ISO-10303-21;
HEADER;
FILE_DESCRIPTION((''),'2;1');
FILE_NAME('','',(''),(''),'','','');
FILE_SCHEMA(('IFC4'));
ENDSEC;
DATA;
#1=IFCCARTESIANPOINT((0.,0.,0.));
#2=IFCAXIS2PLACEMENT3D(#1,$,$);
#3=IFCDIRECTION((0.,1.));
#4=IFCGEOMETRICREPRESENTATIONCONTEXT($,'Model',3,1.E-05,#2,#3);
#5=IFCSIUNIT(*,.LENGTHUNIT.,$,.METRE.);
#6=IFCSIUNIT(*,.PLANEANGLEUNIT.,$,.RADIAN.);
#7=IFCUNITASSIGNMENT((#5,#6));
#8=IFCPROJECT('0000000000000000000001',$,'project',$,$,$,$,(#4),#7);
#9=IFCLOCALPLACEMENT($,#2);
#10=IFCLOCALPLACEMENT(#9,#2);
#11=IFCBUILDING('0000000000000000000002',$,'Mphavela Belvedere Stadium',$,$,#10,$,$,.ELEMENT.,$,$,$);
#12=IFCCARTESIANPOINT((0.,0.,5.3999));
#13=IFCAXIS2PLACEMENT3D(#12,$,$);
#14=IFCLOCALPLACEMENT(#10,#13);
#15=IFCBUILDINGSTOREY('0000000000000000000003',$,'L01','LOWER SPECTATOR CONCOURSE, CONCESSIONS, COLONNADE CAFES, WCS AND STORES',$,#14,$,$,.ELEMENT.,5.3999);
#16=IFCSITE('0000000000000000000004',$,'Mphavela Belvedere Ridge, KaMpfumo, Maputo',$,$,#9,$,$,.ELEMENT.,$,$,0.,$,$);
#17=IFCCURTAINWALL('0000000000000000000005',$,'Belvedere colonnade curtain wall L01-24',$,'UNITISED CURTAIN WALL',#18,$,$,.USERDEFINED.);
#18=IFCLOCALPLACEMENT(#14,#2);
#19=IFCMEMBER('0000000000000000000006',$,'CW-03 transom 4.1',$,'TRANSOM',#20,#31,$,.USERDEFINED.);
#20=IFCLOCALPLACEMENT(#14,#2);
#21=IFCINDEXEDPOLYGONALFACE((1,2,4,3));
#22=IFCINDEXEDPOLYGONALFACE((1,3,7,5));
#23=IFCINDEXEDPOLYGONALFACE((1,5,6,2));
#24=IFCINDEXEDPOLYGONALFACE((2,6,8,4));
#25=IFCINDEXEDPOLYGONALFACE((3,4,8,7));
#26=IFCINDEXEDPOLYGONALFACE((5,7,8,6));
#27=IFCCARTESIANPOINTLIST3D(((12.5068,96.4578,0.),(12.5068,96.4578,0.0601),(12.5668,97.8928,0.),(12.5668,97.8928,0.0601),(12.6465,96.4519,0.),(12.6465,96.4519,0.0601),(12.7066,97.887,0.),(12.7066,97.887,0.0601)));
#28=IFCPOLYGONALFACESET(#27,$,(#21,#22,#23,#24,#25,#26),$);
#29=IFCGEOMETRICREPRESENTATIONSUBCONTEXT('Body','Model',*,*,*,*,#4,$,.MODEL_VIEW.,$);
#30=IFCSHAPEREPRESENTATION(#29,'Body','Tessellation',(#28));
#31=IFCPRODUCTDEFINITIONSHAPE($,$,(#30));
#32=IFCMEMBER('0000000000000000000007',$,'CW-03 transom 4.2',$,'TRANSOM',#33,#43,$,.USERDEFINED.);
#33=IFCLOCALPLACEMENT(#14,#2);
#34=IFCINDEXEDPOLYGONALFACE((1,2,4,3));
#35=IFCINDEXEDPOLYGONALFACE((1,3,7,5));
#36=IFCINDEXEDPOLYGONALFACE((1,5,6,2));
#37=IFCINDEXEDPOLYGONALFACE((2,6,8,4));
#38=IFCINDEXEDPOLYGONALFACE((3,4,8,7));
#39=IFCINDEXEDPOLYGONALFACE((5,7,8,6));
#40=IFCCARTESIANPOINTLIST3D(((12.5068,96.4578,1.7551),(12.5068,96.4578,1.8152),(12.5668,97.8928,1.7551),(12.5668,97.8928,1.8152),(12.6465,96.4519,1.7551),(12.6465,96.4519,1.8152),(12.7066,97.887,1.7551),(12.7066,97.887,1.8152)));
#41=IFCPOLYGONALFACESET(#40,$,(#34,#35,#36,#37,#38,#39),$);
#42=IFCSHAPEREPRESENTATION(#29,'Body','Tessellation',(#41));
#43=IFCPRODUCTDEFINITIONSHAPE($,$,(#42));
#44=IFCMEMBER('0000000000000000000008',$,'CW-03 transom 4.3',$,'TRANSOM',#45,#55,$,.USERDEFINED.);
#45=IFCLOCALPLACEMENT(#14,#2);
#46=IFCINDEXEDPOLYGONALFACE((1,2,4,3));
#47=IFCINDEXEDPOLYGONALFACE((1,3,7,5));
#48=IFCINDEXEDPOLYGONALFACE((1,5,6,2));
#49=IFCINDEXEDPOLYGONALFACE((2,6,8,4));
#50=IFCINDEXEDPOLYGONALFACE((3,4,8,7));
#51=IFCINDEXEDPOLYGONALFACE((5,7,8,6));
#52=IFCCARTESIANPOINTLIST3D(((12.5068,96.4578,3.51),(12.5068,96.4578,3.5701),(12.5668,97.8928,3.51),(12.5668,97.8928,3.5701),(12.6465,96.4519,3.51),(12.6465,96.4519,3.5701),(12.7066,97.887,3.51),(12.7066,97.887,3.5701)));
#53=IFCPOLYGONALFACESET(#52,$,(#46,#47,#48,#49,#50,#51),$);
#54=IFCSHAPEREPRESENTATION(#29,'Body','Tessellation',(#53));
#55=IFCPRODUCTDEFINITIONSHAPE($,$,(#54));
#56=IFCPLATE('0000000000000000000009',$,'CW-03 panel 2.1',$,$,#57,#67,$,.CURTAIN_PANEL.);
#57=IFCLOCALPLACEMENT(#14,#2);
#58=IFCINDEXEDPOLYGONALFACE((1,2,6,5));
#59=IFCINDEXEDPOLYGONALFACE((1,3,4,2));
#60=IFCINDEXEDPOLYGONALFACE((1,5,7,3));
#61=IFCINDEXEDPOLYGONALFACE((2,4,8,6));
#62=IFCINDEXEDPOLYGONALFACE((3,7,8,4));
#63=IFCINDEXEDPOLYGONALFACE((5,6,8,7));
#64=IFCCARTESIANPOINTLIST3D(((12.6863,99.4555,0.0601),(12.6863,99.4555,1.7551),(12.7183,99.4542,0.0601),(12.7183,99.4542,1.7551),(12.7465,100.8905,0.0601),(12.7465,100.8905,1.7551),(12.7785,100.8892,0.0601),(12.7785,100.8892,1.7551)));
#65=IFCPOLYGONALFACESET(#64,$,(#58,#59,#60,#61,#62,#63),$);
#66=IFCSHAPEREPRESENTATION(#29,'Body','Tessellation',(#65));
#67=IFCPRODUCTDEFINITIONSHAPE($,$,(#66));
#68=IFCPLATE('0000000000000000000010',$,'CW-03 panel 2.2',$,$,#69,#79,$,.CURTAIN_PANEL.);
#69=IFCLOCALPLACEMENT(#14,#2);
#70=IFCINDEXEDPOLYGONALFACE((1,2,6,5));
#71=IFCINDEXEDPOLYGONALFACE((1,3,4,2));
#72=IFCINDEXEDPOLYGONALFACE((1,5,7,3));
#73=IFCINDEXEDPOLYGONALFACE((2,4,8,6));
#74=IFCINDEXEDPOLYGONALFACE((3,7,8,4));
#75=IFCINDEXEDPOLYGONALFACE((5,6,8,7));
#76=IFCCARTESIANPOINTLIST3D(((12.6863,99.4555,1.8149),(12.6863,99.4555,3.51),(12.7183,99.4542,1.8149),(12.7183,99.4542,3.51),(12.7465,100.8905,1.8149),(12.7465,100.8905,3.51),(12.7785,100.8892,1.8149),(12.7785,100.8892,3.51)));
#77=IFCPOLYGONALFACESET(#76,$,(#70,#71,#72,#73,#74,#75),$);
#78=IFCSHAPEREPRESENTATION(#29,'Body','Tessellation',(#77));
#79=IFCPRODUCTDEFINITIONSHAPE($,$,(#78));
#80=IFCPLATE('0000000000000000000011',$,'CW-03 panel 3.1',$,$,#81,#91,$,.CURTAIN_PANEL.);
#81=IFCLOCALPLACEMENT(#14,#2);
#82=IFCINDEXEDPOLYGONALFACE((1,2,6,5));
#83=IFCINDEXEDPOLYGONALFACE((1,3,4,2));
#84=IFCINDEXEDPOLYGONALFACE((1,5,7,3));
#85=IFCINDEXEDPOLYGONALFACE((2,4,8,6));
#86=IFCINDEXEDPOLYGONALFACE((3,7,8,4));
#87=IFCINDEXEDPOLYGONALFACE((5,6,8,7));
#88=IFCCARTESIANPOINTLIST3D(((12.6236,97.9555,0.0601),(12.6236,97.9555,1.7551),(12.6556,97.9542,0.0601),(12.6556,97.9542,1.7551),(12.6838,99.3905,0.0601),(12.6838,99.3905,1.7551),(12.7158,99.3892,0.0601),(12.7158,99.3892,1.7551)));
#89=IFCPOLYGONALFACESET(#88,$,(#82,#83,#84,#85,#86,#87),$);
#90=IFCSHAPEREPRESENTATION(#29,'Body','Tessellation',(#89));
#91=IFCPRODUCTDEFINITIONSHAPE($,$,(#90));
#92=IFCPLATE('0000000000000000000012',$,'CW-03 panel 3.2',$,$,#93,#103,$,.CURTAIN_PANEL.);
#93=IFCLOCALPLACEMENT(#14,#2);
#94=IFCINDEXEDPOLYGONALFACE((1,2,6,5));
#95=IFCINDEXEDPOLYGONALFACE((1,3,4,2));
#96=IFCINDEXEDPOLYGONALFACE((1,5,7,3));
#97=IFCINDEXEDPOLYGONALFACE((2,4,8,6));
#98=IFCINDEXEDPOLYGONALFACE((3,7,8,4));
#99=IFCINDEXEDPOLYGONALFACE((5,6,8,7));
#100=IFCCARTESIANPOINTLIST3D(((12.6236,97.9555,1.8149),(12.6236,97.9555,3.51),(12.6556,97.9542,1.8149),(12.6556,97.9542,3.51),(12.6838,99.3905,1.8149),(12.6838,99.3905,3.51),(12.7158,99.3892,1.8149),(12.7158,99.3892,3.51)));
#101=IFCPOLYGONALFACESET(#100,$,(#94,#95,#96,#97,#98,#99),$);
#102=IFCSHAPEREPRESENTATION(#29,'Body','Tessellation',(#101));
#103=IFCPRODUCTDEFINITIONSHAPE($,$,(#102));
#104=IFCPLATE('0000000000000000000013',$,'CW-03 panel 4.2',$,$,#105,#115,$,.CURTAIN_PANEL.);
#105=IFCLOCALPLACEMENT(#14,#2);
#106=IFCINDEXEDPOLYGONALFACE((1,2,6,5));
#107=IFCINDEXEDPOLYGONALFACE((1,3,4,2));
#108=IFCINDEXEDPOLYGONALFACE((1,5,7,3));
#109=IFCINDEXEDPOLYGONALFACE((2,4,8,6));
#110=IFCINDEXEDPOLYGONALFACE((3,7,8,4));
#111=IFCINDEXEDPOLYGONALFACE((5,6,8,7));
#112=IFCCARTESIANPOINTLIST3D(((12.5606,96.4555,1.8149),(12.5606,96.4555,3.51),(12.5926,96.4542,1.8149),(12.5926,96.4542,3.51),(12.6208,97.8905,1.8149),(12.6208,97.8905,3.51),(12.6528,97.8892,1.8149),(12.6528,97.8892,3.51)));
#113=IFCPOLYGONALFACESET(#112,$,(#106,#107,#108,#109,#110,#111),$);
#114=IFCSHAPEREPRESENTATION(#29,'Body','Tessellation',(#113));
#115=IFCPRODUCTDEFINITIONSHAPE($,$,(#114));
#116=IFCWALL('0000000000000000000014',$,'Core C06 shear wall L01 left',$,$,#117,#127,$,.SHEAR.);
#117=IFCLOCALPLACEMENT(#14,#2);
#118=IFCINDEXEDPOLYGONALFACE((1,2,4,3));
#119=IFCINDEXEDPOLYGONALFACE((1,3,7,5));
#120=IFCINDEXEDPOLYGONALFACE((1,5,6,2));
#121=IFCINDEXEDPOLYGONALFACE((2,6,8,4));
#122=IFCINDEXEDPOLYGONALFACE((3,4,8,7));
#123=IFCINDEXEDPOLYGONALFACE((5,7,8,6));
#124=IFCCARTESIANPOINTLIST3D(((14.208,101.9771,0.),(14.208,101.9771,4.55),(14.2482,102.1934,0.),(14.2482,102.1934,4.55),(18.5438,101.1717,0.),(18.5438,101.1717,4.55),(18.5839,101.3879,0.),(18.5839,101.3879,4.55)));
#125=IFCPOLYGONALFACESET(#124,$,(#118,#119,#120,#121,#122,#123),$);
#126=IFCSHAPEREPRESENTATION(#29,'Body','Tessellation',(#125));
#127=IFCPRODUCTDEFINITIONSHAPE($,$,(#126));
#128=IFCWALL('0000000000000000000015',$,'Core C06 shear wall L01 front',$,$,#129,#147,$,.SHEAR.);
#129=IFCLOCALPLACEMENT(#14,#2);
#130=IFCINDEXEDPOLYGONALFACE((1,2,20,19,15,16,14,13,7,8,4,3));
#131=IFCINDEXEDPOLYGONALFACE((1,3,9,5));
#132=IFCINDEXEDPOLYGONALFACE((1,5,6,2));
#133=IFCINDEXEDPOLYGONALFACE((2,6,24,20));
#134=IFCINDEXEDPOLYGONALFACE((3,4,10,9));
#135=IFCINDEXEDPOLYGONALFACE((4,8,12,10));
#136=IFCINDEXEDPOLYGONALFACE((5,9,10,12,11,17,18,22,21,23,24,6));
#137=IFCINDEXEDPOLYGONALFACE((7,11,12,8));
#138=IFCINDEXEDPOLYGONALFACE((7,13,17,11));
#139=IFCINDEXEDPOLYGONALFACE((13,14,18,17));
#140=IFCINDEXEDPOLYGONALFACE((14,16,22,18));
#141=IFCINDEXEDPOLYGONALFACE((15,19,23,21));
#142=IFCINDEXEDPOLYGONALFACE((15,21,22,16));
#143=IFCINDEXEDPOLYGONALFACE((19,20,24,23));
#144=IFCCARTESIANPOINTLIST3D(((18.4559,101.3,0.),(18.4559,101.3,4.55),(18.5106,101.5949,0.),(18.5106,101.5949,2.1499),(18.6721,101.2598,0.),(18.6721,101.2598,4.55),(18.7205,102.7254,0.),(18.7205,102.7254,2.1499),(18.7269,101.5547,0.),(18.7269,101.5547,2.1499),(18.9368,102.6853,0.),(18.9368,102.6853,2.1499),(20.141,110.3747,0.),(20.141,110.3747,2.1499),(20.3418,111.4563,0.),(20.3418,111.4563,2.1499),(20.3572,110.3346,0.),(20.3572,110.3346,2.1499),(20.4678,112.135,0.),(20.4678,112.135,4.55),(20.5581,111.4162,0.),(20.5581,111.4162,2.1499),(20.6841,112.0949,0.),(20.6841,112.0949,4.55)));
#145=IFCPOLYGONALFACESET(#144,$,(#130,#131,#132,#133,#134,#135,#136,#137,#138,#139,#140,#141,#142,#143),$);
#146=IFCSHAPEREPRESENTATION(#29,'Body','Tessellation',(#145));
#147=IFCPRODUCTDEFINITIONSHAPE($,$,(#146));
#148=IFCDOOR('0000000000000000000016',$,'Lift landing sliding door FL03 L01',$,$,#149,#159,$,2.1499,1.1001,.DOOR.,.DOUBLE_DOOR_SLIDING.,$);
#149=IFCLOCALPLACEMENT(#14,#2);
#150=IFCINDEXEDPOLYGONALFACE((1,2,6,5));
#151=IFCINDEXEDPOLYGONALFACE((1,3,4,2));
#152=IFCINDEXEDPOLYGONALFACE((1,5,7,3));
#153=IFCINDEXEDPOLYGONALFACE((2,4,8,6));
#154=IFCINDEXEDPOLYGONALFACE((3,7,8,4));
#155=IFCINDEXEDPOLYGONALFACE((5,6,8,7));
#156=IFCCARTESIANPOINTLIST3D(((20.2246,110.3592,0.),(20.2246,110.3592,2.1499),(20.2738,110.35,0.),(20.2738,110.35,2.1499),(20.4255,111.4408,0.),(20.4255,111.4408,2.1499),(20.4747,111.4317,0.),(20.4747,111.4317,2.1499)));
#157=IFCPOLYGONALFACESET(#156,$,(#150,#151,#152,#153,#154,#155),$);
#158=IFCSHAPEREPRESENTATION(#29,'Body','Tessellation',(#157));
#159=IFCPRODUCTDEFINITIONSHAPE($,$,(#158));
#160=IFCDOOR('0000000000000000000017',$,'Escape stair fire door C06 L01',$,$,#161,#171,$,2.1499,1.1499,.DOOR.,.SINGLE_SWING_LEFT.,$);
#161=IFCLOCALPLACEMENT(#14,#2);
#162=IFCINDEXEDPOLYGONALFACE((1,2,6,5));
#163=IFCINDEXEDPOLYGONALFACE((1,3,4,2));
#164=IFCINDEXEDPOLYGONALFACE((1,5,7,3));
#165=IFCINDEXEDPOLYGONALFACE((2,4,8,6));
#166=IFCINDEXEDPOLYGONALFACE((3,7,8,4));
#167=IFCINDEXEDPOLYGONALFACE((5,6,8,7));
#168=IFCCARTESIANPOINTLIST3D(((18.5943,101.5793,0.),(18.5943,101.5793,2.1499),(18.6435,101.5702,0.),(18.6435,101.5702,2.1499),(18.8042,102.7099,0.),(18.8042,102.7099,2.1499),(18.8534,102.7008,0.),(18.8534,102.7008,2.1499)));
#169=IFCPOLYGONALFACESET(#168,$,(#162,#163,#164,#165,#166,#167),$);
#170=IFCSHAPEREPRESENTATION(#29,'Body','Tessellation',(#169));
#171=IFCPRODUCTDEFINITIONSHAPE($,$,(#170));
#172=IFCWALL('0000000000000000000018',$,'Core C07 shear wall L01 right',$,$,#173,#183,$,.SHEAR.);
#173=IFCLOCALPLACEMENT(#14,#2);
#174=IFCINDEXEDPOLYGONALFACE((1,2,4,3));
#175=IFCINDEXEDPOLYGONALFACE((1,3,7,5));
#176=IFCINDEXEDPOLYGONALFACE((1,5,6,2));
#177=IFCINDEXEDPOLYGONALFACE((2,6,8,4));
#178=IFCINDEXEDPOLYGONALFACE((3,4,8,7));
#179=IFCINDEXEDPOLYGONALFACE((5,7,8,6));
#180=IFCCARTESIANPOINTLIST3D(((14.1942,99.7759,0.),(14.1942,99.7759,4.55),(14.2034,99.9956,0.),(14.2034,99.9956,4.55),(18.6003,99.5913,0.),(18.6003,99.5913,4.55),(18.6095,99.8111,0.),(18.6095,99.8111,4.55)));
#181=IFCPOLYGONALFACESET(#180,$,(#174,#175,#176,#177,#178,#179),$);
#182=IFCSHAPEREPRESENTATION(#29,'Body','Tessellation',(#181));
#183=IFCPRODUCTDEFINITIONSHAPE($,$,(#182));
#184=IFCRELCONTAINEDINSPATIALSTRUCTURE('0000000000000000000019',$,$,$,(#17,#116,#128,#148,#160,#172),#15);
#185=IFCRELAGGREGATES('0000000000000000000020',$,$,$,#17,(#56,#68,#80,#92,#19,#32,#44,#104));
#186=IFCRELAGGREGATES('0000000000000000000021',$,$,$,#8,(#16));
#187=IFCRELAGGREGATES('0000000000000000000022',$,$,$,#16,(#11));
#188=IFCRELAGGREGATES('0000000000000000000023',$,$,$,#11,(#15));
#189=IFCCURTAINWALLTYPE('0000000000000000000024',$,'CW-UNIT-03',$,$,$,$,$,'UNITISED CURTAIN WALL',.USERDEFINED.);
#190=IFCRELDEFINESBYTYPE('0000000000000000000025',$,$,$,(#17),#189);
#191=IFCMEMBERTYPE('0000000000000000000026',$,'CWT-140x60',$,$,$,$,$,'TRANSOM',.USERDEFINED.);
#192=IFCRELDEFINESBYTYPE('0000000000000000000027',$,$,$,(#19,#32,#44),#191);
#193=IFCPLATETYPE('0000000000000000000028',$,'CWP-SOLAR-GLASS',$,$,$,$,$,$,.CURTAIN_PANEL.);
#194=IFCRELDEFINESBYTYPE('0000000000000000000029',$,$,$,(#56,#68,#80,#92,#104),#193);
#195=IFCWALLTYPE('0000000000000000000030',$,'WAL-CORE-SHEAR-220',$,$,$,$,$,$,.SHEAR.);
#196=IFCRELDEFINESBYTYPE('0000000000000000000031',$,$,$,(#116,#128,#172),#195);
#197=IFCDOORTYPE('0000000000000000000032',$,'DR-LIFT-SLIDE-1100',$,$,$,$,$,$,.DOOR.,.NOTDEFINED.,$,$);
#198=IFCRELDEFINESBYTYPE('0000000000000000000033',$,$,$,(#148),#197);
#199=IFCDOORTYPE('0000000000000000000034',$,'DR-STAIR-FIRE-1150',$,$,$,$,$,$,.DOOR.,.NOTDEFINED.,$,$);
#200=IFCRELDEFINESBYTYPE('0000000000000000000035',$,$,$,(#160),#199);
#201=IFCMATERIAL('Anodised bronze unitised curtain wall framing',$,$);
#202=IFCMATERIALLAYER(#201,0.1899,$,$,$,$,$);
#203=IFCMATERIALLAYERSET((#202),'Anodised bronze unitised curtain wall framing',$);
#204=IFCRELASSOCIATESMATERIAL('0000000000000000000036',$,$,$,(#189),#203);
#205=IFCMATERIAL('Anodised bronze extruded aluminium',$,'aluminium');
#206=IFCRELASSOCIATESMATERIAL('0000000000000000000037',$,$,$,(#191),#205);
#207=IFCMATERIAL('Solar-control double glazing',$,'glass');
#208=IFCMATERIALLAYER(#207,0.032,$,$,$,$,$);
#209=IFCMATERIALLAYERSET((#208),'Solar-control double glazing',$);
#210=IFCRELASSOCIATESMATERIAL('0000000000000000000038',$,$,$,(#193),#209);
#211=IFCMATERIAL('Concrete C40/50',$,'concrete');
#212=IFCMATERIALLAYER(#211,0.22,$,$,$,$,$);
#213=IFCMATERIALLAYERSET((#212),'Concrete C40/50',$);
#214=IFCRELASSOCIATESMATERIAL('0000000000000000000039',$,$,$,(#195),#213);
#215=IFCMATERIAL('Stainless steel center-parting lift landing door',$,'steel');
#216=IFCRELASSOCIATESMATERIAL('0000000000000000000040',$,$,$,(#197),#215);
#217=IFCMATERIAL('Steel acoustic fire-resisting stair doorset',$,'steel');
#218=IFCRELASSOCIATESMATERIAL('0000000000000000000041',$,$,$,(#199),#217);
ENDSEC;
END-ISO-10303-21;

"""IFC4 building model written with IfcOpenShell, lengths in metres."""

from ifc_helpers import new_model, si_unit, direction, frame, frame_2d, origin, origin_2d, place, context, subcontext, project, spatial, rectangle, extrude, material, layer, layer_set, material_profile, profile_set, type_object, element, fill, aggregate, save


model = new_model("IFC4")

# Units and contexts
model_context = context("Model", 3, precision=1e-05, world=origin(), true_north=direction((0.0, 1.0)))
body_context = subcontext(model_context, "Body", "Model", "MODEL_VIEW")
ifc_project = project(units=[si_unit("LENGTHUNIT", "METRE"), si_unit("PLANEANGLEUNIT", "RADIAN")], contexts=[model_context])

# Site, building, storey
site_placement = place(None, origin())
site = spatial("IfcSite", under=ifc_project, at=site_placement, Name="Mphavela Belvedere Ridge, KaMpfumo, Maputo", CompositionType="ELEMENT", RefElevation=0.0)
building_placement = place(site_placement, origin())
building = spatial("IfcBuilding", under=site, at=building_placement, Name="Mphavela Belvedere Stadium", CompositionType="ELEMENT")
storey_placement = place(building_placement, frame((0.0, 0.0, 5.3999)))
storey = spatial("IfcBuildingStorey", under=building, at=storey_placement, Name="L01", Description="LOWER SPECTATOR CONCOURSE, CONCESSIONS, COLONNADE CAFES, WCS AND STORES", CompositionType="ELEMENT", Elevation=5.3999)

# Curtain wall, members, plates
ifc_material_1 = material(Name="Anodised bronze unitised curtain wall framing")
ifc_layer_1 = layer(ifc_material_1, 0.1899)
ifc_layer_set_1 = layer_set([ifc_layer_1], Name="Anodised bronze unitised curtain wall framing")
curtain_wall_type = type_object("IfcCurtainWallType", Name="CW-UNIT-03", ElementType="UNITISED CURTAIN WALL", PredefinedType="USERDEFINED", material=ifc_layer_set_1)
curtain_wall_placement = place(storey_placement, origin())
curtain_wall = element("IfcCurtainWall", 1, at=curtain_wall_placement, inside=storey, type_object=curtain_wall_type, Name="Belvedere colonnade curtain wall L01-24", ObjectType="UNITISED CURTAIN WALL", PredefinedType="USERDEFINED")
ifc_material_2 = material(Name="Anodised bronze extruded aluminium", Category="aluminium")
ifc_material_profile_1 = material_profile(ifc_material_2, rectangle(XDim=0.1399, YDim=0.0601, at=origin_2d()), Name="CW-TRN 140x60")
ifc_profile_set_1 = profile_set([ifc_material_profile_1], Name="Anodised bronze extruded aluminium")
member_type_1 = type_object("IfcMemberType", Name="CWT-140x60", ElementType="TRANSOM", PredefinedType="USERDEFINED", material=ifc_profile_set_1)
member_1_placement = place(storey_placement, frame((12.6367, 97.8899, 0.03), z_axis=(-0.041814, -0.999125, 0.0), x_axis=(0.999125, -0.041814, 0.0)))
member_1 = element("IfcMember", 2, at=member_1_placement, type_object=member_type_1, Name="CW-03 transom 4.1", ObjectType="TRANSOM", PredefinedType="USERDEFINED", context=body_context, shape_type="SweptSolid", body=[
    extrude(rectangle(XDim=0.1399, YDim=0.0601, at=origin_2d()), origin(), (0.0, 0.0, 1.0), 1.4363),
])
member_2_placement = place(storey_placement, frame((12.6367, 97.8899, 1.7852), z_axis=(-0.041814, -0.999125, 0.0), x_axis=(0.999125, -0.041814, 0.0)))
member_2 = element("IfcMember", 3, at=member_2_placement, type_object=member_type_1, Name="CW-03 transom 4.2", ObjectType="TRANSOM", PredefinedType="USERDEFINED", context=body_context, shape_type="SweptSolid", body=[
    extrude(rectangle(XDim=0.1399, YDim=0.0601, at=origin_2d()), origin(), (0.0, 0.0, 1.0), 1.4363),
])
member_3_placement = place(storey_placement, frame((12.6367, 97.8899, 3.54), z_axis=(-0.041814, -0.999125, 0.0), x_axis=(0.999125, -0.041814, 0.0)))
member_3 = element("IfcMember", 4, at=member_3_placement, type_object=member_type_1, Name="CW-03 transom 4.3", ObjectType="TRANSOM", PredefinedType="USERDEFINED", context=body_context, shape_type="SweptSolid", body=[
    extrude(rectangle(XDim=0.1399, YDim=0.0601, at=origin_2d()), origin(), (0.0, 0.0, 1.0), 1.4363),
])
ifc_material_3 = material(Name="Solar-control double glazing", Category="glass")
ifc_layer_2 = layer(ifc_material_3, 0.032)
ifc_layer_set_2 = layer_set([ifc_layer_2], Name="Solar-control double glazing")
plate_type = type_object("IfcPlateType", Name="CWP-SOLAR-GLASS", PredefinedType="CURTAIN_PANEL", material=ifc_layer_set_2)
plate_1_placement = place(storey_placement, frame((12.7324, 100.1724, 0.0601), z_axis=(0.0, 0.0, 1.0), x_axis=(-0.04191, -0.999121, 0.0)))
plate_1 = element("IfcPlate", 5, at=plate_1_placement, type_object=plate_type, Name="CW-03 panel 2.1", PredefinedType="CURTAIN_PANEL", context=body_context, shape_type="SweptSolid", body=[
    extrude(rectangle(XDim=1.4363, YDim=0.032, at=origin_2d()), origin(), (0.0, 0.0, 1.0), 1.6951),
])
plate_2_placement = place(storey_placement, frame((12.7324, 100.1724, 1.8149), z_axis=(0.0, 0.0, 1.0), x_axis=(-0.04191, -0.999121, 0.0)))
plate_2 = element("IfcPlate", 6, at=plate_2_placement, type_object=plate_type, Name="CW-03 panel 2.2", PredefinedType="CURTAIN_PANEL", context=body_context, shape_type="SweptSolid", body=[
    extrude(rectangle(XDim=1.4363, YDim=0.032, at=origin_2d()), origin(), (0.0, 0.0, 1.0), 1.6951),
])
plate_3_placement = place(storey_placement, frame((12.6697, 98.6724, 0.0601), z_axis=(0.0, 0.0, 1.0), x_axis=(-0.04191, -0.999121, 0.0)))
plate_3 = element("IfcPlate", 7, at=plate_3_placement, type_object=plate_type, Name="CW-03 panel 3.1", PredefinedType="CURTAIN_PANEL", context=body_context, shape_type="SweptSolid", body=[
    extrude(rectangle(XDim=1.4363, YDim=0.032, at=origin_2d()), origin(), (0.0, 0.0, 1.0), 1.6951),
])
plate_4_placement = place(storey_placement, frame((12.6697, 98.6724, 1.8149), z_axis=(0.0, 0.0, 1.0), x_axis=(-0.04191, -0.999121, 0.0)))
plate_4 = element("IfcPlate", 8, at=plate_4_placement, type_object=plate_type, Name="CW-03 panel 3.2", PredefinedType="CURTAIN_PANEL", context=body_context, shape_type="SweptSolid", body=[
    extrude(rectangle(XDim=1.4363, YDim=0.032, at=origin_2d()), origin(), (0.0, 0.0, 1.0), 1.6951),
])
plate_5_placement = place(storey_placement, frame((12.6067, 97.1724, 1.8149), z_axis=(0.0, 0.0, 1.0), x_axis=(-0.04191, -0.999121, 0.0)))
plate_5 = element("IfcPlate", 9, at=plate_5_placement, type_object=plate_type, Name="CW-03 panel 4.2", PredefinedType="CURTAIN_PANEL", context=body_context, shape_type="SweptSolid", body=[
    extrude(rectangle(XDim=1.4363, YDim=0.032, at=origin_2d()), origin(), (0.0, 0.0, 1.0), 1.6951),
])
aggregate(curtain_wall, [plate_1, plate_2, plate_3, plate_4, member_1, member_2, member_3, plate_5])

# Wall
ifc_material_4 = material(Name="Concrete C40/50", Category="concrete")
ifc_layer_3 = layer(ifc_material_4, 0.22)
ifc_layer_set_3 = layer_set([ifc_layer_3], Name="Concrete C40/50")
wall_type = type_object("IfcWallType", Name="WAL-CORE-SHEAR-220", PredefinedType="SHEAR", material=ifc_layer_set_3)
wall_1_placement = place(storey_placement, frame((18.564, 101.2798, 0.0), z_axis=(0.0, 0.0, 1.0), x_axis=(-0.98318, 0.18264, 0.0)))
element("IfcWall", 10, at=wall_1_placement, inside=storey, type_object=wall_type, Name="Core C06 shear wall L01 left", PredefinedType="SHEAR", context=body_context, shape_type="SweptSolid", body=[
    extrude(rectangle(XDim=4.4099, YDim=0.22, at=frame_2d((2.2051, 0.0))), origin(), (0.0, 0.0, 1.0), 4.55),
])

# Wall, openings, doors
wall_2_placement = place(storey_placement, frame((18.564, 101.2798, 0.0), z_axis=(0.0, 0.0, 1.0), x_axis=(0.182571, 0.983193, 0.0)))
wall_2 = element("IfcWall", 11, at=wall_2_placement, inside=storey, type_object=wall_type, Name="Core C06 shear wall L01 front", PredefinedType="SHEAR", context=body_context, shape_type="SweptSolid", body=[
    extrude(rectangle(XDim=11.0203, YDim=0.22, at=frame_2d((5.5103, 0.0))), origin(), (0.0, 0.0, 1.0), 4.55),
])
opening_1_placement = place(wall_2_placement, frame((0.3, 0.0, 0.0)))
opening_1 = element("IfcOpeningElement", 12, at=opening_1_placement, cuts=wall_2, PredefinedType="OPENING", context=body_context, shape_type="SweptSolid", body=[
    extrude(rectangle(XDim=1.1499, YDim=2.1499, at=frame_2d((0.575, 1.075))), frame((0.0, 0.1201, 0.0), z_axis=(0.0, -1.0, 0.0), x_axis=(1.0, 0.0, 0.0)), (0.0, 0.0, 1.0), 0.24),
])
opening_2_placement = place(wall_2_placement, frame((9.23, 0.0, 0.0)))
opening_2 = element("IfcOpeningElement", 13, at=opening_2_placement, cuts=wall_2, PredefinedType="OPENING", context=body_context, shape_type="SweptSolid", body=[
    extrude(rectangle(XDim=1.1001, YDim=2.1499, at=frame_2d((0.55, 1.075))), frame((0.0, 0.1201, 0.0), z_axis=(0.0, -1.0, 0.0), x_axis=(1.0, 0.0, 0.0)), (0.0, 0.0, 1.0), 0.24),
])
ifc_material_5 = material(Name="Stainless steel center-parting lift landing door", Category="steel")
door_type_1 = type_object("IfcDoorType", Name="DR-LIFT-SLIDE-1100", OperationType="NOTDEFINED", PredefinedType="DOOR", material=ifc_material_5)
door_1_placement = place(opening_2_placement, origin())
door_1 = element("IfcDoor", 14, at=door_1_placement, inside=storey, type_object=door_type_1, Name="Lift landing sliding door FL03 L01", OperationType="DOUBLE_DOOR_SLIDING", OverallHeight=2.1499, OverallWidth=1.1001, PredefinedType="DOOR", context=body_context, shape_type="SweptSolid", body=[
    extrude(rectangle(XDim=1.1001, YDim=2.1499, at=frame_2d((0.55, 1.075))), frame((0.0, 0.0249, 0.0), z_axis=(0.0, -1.0, 0.0), x_axis=(1.0, 0.0, 0.0)), (0.0, 0.0, 1.0), 0.05),
])
fill(opening_2, door_1)
ifc_material_6 = material(Name="Steel acoustic fire-resisting stair doorset", Category="steel")
door_type_2 = type_object("IfcDoorType", Name="DR-STAIR-FIRE-1150", OperationType="NOTDEFINED", PredefinedType="DOOR", material=ifc_material_6)
door_2_placement = place(opening_1_placement, origin())
door_2 = element("IfcDoor", 15, at=door_2_placement, inside=storey, type_object=door_type_2, Name="Escape stair fire door C06 L01", OperationType="SINGLE_SWING_LEFT", OverallHeight=2.1499, OverallWidth=1.1499, PredefinedType="DOOR", context=body_context, shape_type="SweptSolid", body=[
    extrude(rectangle(XDim=1.1499, YDim=2.1499, at=frame_2d((0.575, 1.075))), frame((0.0, 0.0249, 0.0), z_axis=(0.0, -1.0, 0.0), x_axis=(1.0, 0.0, 0.0)), (0.0, 0.0, 1.0), 0.05),
])
fill(opening_1, door_2)

# Wall
for number, where, z_axis, x_axis, name in (
    (16, (18.605, 99.7012, 0.0), (0.0, 0.0, 1.0), (-0.999124, 0.041854, 0.0), "Core C07 shear wall L01 right"),
):
    element("IfcWall", number, at=place(storey_placement, frame(where, z_axis=z_axis, x_axis=x_axis)), inside=storey, type_object=wall_type, Name=name, PredefinedType="SHEAR", context=body_context, shape_type="SweptSolid", body=[
        extrude(rectangle(XDim=4.4099, YDim=0.22, at=frame_2d((2.2051, 0.0))), origin(), (0.0, 0.0, 1.0), 4.55),
    ])

save(model, "model.ifc")
